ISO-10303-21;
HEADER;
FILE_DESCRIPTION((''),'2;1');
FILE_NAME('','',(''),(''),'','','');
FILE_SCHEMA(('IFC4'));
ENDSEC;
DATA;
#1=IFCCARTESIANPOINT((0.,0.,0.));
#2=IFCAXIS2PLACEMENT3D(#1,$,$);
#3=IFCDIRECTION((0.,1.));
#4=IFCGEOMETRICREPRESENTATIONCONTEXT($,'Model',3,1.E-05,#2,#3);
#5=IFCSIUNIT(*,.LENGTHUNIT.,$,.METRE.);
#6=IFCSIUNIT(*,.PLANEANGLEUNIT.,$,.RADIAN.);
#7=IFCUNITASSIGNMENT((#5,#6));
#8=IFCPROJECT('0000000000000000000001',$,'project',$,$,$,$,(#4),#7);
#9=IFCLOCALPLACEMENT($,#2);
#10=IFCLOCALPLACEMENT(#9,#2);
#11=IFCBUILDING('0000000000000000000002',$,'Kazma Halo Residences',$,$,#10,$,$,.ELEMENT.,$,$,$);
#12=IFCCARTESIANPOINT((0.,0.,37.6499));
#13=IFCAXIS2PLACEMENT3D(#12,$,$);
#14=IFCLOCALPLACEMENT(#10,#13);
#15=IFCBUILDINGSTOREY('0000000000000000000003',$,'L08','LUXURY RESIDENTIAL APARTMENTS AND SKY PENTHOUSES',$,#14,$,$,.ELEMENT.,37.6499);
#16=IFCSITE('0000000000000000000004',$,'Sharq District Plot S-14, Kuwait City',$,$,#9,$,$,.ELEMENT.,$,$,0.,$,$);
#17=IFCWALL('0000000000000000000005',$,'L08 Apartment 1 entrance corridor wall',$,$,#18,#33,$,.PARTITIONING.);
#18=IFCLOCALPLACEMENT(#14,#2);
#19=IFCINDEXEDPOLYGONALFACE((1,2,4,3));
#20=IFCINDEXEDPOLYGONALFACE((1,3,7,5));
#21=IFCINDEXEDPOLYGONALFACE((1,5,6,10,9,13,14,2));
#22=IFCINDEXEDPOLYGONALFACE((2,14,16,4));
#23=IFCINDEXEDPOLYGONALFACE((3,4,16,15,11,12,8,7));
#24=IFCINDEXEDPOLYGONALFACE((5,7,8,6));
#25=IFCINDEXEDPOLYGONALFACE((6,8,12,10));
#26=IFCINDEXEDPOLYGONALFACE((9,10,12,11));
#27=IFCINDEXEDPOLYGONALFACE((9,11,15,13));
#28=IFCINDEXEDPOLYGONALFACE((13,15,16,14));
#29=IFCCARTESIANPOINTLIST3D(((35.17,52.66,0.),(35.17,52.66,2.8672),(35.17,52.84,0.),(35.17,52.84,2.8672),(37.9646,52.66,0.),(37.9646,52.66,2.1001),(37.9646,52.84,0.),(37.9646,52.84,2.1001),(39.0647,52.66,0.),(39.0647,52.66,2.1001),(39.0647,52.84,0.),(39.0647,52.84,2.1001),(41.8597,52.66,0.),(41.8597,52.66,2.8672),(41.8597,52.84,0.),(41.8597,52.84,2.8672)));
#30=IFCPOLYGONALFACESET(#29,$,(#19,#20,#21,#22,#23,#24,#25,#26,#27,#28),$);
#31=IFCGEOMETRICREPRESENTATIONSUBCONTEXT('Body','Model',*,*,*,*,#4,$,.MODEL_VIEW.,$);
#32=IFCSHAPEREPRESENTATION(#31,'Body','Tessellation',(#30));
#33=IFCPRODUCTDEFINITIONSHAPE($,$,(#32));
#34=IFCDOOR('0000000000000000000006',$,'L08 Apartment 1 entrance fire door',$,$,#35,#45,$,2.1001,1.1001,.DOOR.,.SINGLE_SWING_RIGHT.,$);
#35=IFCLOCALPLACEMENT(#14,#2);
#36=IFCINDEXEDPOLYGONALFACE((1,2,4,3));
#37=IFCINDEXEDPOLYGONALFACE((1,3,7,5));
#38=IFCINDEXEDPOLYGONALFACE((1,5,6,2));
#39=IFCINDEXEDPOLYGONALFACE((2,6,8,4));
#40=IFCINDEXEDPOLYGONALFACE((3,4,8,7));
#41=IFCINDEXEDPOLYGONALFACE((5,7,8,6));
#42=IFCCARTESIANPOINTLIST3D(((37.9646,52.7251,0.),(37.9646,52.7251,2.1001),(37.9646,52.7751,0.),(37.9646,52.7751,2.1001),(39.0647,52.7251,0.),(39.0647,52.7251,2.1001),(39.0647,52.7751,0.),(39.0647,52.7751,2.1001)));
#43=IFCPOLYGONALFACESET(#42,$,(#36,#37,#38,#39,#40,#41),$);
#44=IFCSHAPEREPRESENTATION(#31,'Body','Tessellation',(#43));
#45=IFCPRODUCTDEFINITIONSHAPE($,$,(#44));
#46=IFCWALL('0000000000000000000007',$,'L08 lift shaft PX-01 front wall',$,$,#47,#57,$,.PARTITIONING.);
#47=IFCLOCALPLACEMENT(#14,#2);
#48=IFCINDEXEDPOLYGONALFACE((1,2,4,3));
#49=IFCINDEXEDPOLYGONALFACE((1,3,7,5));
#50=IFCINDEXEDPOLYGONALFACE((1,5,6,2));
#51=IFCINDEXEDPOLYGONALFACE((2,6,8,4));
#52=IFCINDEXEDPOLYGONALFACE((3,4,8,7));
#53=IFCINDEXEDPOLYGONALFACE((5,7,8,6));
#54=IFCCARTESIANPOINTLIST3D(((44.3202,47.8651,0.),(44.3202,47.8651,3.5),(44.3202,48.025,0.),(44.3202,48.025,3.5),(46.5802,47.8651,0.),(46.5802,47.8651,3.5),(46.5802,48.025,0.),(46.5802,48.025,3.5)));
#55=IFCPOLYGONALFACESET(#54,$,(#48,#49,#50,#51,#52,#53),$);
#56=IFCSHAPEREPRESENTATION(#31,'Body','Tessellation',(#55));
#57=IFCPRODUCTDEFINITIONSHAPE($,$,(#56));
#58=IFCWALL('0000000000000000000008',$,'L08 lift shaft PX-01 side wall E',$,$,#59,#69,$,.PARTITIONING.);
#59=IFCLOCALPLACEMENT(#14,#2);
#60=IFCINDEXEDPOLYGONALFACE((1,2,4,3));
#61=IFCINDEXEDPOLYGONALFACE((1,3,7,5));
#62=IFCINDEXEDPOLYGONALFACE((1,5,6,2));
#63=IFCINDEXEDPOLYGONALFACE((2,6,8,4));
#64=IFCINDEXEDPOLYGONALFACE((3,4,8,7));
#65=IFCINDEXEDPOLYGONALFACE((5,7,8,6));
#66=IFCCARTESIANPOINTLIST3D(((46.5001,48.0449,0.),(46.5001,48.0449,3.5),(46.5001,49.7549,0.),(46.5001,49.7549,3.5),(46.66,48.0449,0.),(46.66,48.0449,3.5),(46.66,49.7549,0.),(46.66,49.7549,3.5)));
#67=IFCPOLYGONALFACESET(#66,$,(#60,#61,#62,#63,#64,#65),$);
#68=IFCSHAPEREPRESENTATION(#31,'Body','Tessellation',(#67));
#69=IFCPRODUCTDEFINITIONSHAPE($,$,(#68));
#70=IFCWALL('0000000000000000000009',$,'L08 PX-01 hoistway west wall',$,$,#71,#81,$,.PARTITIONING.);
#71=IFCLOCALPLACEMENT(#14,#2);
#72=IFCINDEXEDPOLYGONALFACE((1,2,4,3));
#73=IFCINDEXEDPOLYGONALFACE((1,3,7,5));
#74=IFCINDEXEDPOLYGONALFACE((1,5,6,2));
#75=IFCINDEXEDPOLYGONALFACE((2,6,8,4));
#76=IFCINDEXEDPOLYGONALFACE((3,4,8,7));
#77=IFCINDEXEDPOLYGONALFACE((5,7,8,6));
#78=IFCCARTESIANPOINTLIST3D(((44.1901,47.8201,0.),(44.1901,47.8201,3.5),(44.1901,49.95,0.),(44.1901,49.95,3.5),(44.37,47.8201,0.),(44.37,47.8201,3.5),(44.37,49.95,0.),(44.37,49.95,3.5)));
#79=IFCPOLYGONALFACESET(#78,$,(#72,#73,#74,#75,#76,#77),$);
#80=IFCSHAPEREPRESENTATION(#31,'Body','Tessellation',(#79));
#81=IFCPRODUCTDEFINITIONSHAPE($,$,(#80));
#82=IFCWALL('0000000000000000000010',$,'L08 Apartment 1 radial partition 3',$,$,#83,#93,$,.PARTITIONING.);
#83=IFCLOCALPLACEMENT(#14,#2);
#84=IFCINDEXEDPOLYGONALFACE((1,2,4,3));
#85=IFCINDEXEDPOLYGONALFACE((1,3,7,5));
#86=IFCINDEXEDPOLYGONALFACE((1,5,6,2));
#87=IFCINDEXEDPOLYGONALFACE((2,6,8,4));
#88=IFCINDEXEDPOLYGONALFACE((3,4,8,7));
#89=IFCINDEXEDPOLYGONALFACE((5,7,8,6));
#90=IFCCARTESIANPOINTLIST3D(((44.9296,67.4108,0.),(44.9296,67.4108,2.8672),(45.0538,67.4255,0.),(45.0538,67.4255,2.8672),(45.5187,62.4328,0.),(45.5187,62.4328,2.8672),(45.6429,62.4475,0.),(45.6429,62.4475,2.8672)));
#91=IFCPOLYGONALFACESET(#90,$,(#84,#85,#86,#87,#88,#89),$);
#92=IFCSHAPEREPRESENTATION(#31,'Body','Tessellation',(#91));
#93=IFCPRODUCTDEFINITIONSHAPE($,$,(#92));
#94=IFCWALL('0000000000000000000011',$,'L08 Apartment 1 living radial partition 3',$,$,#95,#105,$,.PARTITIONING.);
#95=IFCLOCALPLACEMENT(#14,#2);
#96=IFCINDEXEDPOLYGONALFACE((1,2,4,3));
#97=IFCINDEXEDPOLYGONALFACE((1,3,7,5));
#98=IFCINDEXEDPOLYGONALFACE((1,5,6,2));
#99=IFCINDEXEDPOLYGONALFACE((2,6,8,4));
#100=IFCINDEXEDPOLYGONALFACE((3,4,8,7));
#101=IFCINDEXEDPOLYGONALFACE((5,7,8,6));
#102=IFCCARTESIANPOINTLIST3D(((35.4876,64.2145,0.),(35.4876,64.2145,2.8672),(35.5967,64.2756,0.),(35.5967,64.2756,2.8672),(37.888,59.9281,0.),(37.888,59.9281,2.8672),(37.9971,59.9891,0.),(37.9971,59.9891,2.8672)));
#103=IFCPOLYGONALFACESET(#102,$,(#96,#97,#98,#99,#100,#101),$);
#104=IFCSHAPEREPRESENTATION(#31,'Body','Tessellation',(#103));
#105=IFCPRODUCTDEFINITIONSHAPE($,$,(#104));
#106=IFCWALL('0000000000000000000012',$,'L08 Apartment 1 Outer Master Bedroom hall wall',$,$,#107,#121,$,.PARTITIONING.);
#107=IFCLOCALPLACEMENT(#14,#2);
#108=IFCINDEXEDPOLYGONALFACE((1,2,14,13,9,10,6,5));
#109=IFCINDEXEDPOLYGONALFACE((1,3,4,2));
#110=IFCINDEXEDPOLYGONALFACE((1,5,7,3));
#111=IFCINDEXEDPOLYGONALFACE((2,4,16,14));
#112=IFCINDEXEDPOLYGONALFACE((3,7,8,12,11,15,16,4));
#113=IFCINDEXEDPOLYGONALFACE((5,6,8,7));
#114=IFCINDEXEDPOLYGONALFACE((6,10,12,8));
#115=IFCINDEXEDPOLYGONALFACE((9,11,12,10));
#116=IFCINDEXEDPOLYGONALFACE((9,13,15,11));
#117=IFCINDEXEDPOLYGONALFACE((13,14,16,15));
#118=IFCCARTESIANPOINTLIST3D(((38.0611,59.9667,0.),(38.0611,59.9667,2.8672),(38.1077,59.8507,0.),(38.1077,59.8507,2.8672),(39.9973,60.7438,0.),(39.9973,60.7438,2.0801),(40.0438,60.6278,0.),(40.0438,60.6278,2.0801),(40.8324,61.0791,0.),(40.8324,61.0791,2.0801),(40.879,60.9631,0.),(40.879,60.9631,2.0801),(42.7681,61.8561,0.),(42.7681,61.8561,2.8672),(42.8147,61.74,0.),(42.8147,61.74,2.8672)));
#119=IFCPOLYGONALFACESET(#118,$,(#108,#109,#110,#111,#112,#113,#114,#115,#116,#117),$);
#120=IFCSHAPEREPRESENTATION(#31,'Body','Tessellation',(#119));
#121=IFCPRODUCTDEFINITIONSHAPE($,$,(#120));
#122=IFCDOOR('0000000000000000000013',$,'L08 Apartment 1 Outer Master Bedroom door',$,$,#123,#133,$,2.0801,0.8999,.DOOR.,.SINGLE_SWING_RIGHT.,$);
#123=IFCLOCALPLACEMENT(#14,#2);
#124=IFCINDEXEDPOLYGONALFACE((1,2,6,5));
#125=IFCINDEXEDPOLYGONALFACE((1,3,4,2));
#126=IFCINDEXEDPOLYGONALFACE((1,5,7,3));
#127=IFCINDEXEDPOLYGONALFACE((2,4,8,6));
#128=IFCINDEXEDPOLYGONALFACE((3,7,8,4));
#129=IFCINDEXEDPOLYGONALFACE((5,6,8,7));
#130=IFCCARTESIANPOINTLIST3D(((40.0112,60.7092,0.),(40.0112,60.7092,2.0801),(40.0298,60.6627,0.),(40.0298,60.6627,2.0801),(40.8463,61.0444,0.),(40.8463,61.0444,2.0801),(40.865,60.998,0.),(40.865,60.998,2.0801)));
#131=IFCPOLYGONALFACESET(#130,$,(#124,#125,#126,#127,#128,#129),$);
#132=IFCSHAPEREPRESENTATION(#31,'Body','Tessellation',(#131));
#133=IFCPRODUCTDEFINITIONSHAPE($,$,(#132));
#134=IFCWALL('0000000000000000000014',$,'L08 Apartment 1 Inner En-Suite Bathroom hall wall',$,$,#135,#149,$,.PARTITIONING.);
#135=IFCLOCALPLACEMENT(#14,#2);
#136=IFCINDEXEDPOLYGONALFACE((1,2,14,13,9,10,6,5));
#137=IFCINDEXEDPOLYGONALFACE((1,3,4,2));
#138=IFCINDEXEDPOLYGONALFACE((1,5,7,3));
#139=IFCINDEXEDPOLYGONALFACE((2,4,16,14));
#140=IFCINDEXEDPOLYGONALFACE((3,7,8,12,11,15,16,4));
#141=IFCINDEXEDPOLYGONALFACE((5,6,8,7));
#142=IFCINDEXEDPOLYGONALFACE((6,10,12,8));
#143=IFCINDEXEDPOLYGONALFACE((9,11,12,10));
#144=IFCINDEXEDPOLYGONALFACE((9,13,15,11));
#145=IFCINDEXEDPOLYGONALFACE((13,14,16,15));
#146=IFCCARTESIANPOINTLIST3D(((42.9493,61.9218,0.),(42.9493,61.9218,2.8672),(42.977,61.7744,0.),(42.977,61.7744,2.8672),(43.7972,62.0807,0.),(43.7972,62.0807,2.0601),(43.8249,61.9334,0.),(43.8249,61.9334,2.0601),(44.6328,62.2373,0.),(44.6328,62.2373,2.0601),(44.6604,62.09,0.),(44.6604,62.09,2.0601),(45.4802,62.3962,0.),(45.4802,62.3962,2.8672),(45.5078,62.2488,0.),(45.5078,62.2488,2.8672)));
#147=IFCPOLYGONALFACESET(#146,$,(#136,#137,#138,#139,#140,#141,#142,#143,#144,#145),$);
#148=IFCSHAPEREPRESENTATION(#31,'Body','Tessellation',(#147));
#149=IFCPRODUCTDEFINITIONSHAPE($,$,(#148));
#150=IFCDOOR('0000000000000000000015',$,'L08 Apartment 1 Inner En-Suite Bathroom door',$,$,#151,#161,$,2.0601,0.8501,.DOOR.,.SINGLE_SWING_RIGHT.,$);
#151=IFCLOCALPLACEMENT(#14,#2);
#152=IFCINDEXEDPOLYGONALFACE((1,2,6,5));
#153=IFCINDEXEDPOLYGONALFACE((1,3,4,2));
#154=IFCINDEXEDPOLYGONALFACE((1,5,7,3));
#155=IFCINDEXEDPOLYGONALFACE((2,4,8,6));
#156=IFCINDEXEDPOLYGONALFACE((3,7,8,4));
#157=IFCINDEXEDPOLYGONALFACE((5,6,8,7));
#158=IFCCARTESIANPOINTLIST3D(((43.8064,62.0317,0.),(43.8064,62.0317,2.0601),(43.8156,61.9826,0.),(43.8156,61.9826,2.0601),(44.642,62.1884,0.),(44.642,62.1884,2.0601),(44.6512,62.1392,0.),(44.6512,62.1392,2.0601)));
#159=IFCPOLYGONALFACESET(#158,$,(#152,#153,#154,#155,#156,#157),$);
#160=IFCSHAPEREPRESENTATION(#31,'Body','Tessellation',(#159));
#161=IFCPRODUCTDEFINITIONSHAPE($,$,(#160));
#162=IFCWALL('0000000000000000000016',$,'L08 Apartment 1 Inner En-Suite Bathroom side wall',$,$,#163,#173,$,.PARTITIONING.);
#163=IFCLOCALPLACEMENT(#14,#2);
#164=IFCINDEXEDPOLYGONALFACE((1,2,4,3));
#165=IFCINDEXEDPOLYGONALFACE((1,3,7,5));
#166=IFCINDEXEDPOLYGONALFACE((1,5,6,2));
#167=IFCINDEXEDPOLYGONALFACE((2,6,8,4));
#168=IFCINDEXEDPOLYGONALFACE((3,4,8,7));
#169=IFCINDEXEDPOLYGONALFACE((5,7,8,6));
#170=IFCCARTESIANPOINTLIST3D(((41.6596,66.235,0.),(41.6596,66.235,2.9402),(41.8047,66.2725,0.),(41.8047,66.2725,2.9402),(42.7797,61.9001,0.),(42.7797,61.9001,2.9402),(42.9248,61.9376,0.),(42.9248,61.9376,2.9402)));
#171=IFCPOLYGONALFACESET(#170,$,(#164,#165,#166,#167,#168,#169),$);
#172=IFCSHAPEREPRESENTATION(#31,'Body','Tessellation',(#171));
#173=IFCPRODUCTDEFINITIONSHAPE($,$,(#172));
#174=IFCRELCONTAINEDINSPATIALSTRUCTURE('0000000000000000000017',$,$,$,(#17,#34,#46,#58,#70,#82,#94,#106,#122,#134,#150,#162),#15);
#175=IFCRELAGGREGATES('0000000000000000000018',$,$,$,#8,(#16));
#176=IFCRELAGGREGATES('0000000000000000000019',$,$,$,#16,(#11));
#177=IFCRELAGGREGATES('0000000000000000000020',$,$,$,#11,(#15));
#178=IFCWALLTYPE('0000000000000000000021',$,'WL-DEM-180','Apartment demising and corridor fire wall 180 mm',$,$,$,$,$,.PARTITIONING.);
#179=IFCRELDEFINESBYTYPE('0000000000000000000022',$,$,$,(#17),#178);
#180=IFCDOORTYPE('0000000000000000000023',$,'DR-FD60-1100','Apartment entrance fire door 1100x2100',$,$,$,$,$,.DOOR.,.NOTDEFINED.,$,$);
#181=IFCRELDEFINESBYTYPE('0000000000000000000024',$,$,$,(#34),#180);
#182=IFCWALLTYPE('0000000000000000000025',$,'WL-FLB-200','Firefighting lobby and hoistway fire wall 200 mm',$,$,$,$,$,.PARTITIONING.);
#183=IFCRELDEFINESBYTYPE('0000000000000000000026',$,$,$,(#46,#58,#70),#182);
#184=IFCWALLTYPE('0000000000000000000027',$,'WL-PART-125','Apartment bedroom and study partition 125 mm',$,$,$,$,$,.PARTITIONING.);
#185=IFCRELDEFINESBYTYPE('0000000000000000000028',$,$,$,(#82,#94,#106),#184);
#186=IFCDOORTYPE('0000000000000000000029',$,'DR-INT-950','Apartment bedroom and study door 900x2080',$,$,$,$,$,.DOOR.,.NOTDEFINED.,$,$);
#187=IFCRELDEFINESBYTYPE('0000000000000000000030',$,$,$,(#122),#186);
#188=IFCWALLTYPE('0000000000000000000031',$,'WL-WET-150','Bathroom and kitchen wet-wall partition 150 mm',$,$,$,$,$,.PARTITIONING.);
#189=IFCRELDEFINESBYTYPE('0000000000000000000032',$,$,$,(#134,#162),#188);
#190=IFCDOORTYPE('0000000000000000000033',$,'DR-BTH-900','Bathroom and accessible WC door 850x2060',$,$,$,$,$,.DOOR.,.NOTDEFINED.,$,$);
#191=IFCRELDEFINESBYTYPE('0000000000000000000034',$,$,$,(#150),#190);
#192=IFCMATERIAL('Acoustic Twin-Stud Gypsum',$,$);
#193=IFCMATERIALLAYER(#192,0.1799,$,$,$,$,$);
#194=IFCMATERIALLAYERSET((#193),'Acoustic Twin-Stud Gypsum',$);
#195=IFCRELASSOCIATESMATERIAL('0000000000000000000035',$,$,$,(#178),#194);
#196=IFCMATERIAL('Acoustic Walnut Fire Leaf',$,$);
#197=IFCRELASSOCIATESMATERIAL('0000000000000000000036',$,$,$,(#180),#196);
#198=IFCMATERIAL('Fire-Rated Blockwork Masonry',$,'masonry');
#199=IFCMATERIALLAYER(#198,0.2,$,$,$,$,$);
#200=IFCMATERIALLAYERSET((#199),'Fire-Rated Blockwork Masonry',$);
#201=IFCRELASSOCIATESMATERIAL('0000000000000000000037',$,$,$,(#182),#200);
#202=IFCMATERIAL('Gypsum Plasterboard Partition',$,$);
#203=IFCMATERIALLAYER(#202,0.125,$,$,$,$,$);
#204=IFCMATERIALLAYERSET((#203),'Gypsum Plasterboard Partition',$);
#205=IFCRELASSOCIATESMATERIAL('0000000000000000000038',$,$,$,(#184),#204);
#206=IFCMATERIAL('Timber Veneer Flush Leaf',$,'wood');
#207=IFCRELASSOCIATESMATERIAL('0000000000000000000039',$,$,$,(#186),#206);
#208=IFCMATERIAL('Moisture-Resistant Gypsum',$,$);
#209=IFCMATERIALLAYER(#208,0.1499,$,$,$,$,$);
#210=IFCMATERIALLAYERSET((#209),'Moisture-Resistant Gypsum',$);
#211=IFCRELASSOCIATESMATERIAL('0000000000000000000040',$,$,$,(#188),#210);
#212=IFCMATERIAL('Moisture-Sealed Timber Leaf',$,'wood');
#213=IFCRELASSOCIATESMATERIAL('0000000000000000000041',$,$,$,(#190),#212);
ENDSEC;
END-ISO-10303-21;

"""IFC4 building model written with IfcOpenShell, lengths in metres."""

from ifc_helpers import new_model, si_unit, direction, frame, frame_2d, origin, place, context, subcontext, project, spatial, rectangle, extrude, material, layer, layer_set, type_object, element, fill, save


model = new_model("IFC4")

# Units and contexts
model_context = context("Model", 3, precision=1e-05, world=origin(), true_north=direction((0.0, 1.0)))
body_context = subcontext(model_context, "Body", "Model", "MODEL_VIEW")
ifc_project = project(units=[si_unit("LENGTHUNIT", "METRE"), si_unit("PLANEANGLEUNIT", "RADIAN")], contexts=[model_context])

# Site, building, storey
site_placement = place(None, origin())
site = spatial("IfcSite", under=ifc_project, at=site_placement, Name="Sharq District Plot S-14, Kuwait City", CompositionType="ELEMENT", RefElevation=0.0)
building_placement = place(site_placement, origin())
building = spatial("IfcBuilding", under=site, at=building_placement, Name="Kazma Halo Residences", CompositionType="ELEMENT")
storey_placement = place(building_placement, frame((0.0, 0.0, 37.6499)))
storey = spatial("IfcBuildingStorey", under=building, at=storey_placement, Name="L08", Description="LUXURY RESIDENTIAL APARTMENTS AND SKY PENTHOUSES", CompositionType="ELEMENT", Elevation=37.6499)

# Wall, opening, door
ifc_material_1 = material(Name="Acoustic Twin-Stud Gypsum")
ifc_layer_1 = layer(ifc_material_1, 0.1799)
ifc_layer_set_1 = layer_set([ifc_layer_1], Name="Acoustic Twin-Stud Gypsum")
wall_type_1 = type_object("IfcWallType", Name="WL-DEM-180", Description="Apartment demising and corridor fire wall 180 mm", PredefinedType="PARTITIONING", material=ifc_layer_set_1)
wall_1_placement = place(storey_placement, frame((41.8596, 52.75, 0.0), z_axis=(0.0, 0.0, 1.0), x_axis=(-1.0, 0.0, 0.0)))
wall_1 = element("IfcWall", 1, at=wall_1_placement, inside=storey, type_object=wall_type_1, Name="L08 Apartment 1 entrance corridor wall", PredefinedType="PARTITIONING", context=body_context, shape_type="SweptSolid", body=[
    extrude(rectangle(XDim=6.6897, YDim=0.1799, at=frame_2d((3.3447, 0.0))), origin(), (0.0, 0.0, 1.0), 2.8672),
])
opening_1_placement = place(wall_1_placement, frame((2.7949, 0.0, 0.0)))
opening_1 = element("IfcOpeningElement", 2, at=opening_1_placement, cuts=wall_1, PredefinedType="OPENING", context=body_context, shape_type="SweptSolid", body=[
    extrude(rectangle(XDim=1.1001, YDim=2.1001, at=frame_2d((0.55, 1.05))), frame((0.0, 0.0999, 0.0), z_axis=(0.0, -1.0, 0.0), x_axis=(1.0, 0.0, 0.0)), (0.0, 0.0, 1.0), 0.2),
])
ifc_material_2 = material(Name="Acoustic Walnut Fire Leaf")
door_type_1 = type_object("IfcDoorType", Name="DR-FD60-1100", Description="Apartment entrance fire door 1100x2100", OperationType="NOTDEFINED", PredefinedType="DOOR", material=ifc_material_2)
door_1_placement = place(opening_1_placement, origin())
door_1 = element("IfcDoor", 3, at=door_1_placement, inside=storey, type_object=door_type_1, Name="L08 Apartment 1 entrance fire door", OperationType="SINGLE_SWING_RIGHT", OverallHeight=2.1001, OverallWidth=1.1001, PredefinedType="DOOR", context=body_context, shape_type="SweptSolid", body=[
    extrude(rectangle(XDim=1.1001, YDim=2.1001, at=frame_2d((0.55, 1.05))), frame((0.0, 0.0249, 0.0), z_axis=(0.0, -1.0, 0.0), x_axis=(1.0, 0.0, 0.0)), (0.0, 0.0, 1.0), 0.05),
])
fill(opening_1, door_1)

# Walls
ifc_material_3 = material(Name="Fire-Rated Blockwork Masonry", Category="masonry")
ifc_layer_2 = layer(ifc_material_3, 0.2)
ifc_layer_set_2 = layer_set([ifc_layer_2], Name="Fire-Rated Blockwork Masonry")
wall_type_2 = type_object("IfcWallType", Name="WL-FLB-200", Description="Firefighting lobby and hoistway fire wall 200 mm", PredefinedType="PARTITIONING", material=ifc_layer_set_2)
wall_2_placement = place(storey_placement, frame((46.5801, 47.9451, 0.0), z_axis=(0.0, 0.0, 1.0), x_axis=(-1.0, 0.0, 0.0)))
element("IfcWall", 4, at=wall_2_placement, inside=storey, type_object=wall_type_2, Name="L08 lift shaft PX-01 front wall", PredefinedType="PARTITIONING", context=body_context, shape_type="SweptSolid", body=[
    extrude(rectangle(XDim=2.26, YDim=0.1599, at=frame_2d((1.1299, 0.0))), origin(), (0.0, 0.0, 1.0), 3.5),
])
wall_3_placement = place(storey_placement, frame((46.5801, 48.0449, 0.0), z_axis=(0.0, 0.0, 1.0), x_axis=(0.0, 1.0, 0.0)))
element("IfcWall", 5, at=wall_3_placement, inside=storey, type_object=wall_type_2, Name="L08 lift shaft PX-01 side wall E", PredefinedType="PARTITIONING", context=body_context, shape_type="SweptSolid", body=[
    extrude(rectangle(XDim=1.71, YDim=0.1599, at=frame_2d((0.855, 0.0))), origin(), (0.0, 0.0, 1.0), 3.5),
])
wall_4_placement = place(storey_placement, frame((44.28, 47.8201, 0.0), z_axis=(0.0, 0.0, 1.0), x_axis=(0.0, 1.0, 0.0)))
element("IfcWall", 6, at=wall_4_placement, inside=storey, type_object=wall_type_2, Name="L08 PX-01 hoistway west wall", PredefinedType="PARTITIONING", context=body_context, shape_type="SweptSolid", body=[
    extrude(rectangle(XDim=2.1299, YDim=0.1799, at=frame_2d((1.0649, 0.0))), origin(), (0.0, 0.0, 1.0), 3.5),
])
ifc_material_4 = material(Name="Gypsum Plasterboard Partition")
ifc_layer_3 = layer(ifc_material_4, 0.125)
ifc_layer_set_3 = layer_set([ifc_layer_3], Name="Gypsum Plasterboard Partition")
wall_type_3 = type_object("IfcWallType", Name="WL-PART-125", Description="Apartment bedroom and study partition 125 mm", PredefinedType="PARTITIONING", material=ifc_layer_set_3)
wall_5_placement = place(storey_placement, frame((45.5808, 62.4402, 0.0), z_axis=(0.0, 0.0, 1.0), x_axis=(-0.117522, 0.99307, 0.0)))
element("IfcWall", 7, at=wall_5_placement, inside=storey, type_object=wall_type_3, Name="L08 Apartment 1 radial partition 3", PredefinedType="PARTITIONING", context=body_context, shape_type="SweptSolid", body=[
    extrude(rectangle(XDim=5.0127, YDim=0.125, at=frame_2d((2.5063, 0.0))), origin(), (0.0, 0.0, 1.0), 2.8672),
])
wall_6_placement = place(storey_placement, frame((37.9426, 59.9585, 0.0), z_axis=(0.0, 0.0, 1.0), x_axis=(-0.488606, 0.872504, 0.0)))
element("IfcWall", 8, at=wall_6_placement, inside=storey, type_object=wall_type_3, Name="L08 Apartment 1 living radial partition 3", PredefinedType="PARTITIONING", context=body_context, shape_type="SweptSolid", body=[
    extrude(rectangle(XDim=4.9128, YDim=0.125, at=frame_2d((2.4565, 0.0))), origin(), (0.0, 0.0, 1.0), 2.8672),
])

# Walls, openings, doors
wall_7_placement = place(storey_placement, frame((42.7915, 61.7981, 0.0), z_axis=(0.0, 0.0, 1.0), x_axis=(-0.928028, -0.372511, 0.0)))
wall_7 = element("IfcWall", 9, at=wall_7_placement, inside=storey, type_object=wall_type_3, Name="L08 Apartment 1 Outer Master Bedroom hall wall", PredefinedType="PARTITIONING", context=body_context, shape_type="SweptSolid", body=[
    extrude(rectangle(XDim=5.072, YDim=0.125, at=frame_2d((2.5361, 0.0))), origin(), (0.0, 0.0, 1.0), 2.8672),
])
opening_2_placement = place(wall_7_placement, frame((2.0859, 0.0, 0.0)))
opening_2 = element("IfcOpeningElement", 10, at=opening_2_placement, cuts=wall_7, PredefinedType="OPENING", context=body_context, shape_type="SweptSolid", body=[
    extrude(rectangle(XDim=0.8999, YDim=2.0801, at=frame_2d((0.45, 1.04))), frame((0.0, 0.0725, 0.0), z_axis=(0.0, -1.0, 0.0), x_axis=(1.0, 0.0, 0.0)), (0.0, 0.0, 1.0), 0.145),
])
ifc_material_5 = material(Name="Timber Veneer Flush Leaf", Category="wood")
door_type_2 = type_object("IfcDoorType", Name="DR-INT-950", Description="Apartment bedroom and study door 900x2080", OperationType="NOTDEFINED", PredefinedType="DOOR", material=ifc_material_5)
door_2_placement = place(opening_2_placement, origin())
door_2 = element("IfcDoor", 11, at=door_2_placement, inside=storey, type_object=door_type_2, Name="L08 Apartment 1 Outer Master Bedroom door", OperationType="SINGLE_SWING_RIGHT", OverallHeight=2.0801, OverallWidth=0.8999, PredefinedType="DOOR", context=body_context, shape_type="SweptSolid", body=[
    extrude(rectangle(XDim=0.8999, YDim=2.0801, at=frame_2d((0.45, 1.04))), frame((0.0, 0.0249, 0.0), z_axis=(0.0, -1.0, 0.0), x_axis=(1.0, 0.0, 0.0)), (0.0, 0.0, 1.0), 0.05),
])
fill(opening_2, door_2)
ifc_material_6 = material(Name="Moisture-Resistant Gypsum")
ifc_layer_4 = layer(ifc_material_6, 0.1499)
ifc_layer_set_4 = layer_set([ifc_layer_4], Name="Moisture-Resistant Gypsum")
wall_type_4 = type_object("IfcWallType", Name="WL-WET-150", Description="Bathroom and kitchen wet-wall partition 150 mm", PredefinedType="PARTITIONING", material=ifc_layer_set_4)
wall_8_placement = place(storey_placement, frame((45.4941, 62.3225, 0.0), z_axis=(0.0, 0.0, 1.0), x_axis=(-0.982883, -0.184231, 0.0)))
wall_8 = element("IfcWall", 12, at=wall_8_placement, inside=storey, type_object=wall_type_4, Name="L08 Apartment 1 Inner En-Suite Bathroom hall wall", PredefinedType="PARTITIONING", context=body_context, shape_type="SweptSolid", body=[
    extrude(rectangle(XDim=2.575, YDim=0.1499, at=frame_2d((1.2876, 0.0))), origin(), (0.0, 0.0, 1.0), 2.8672),
])
opening_3_placement = place(wall_8_placement, frame((0.8623, 0.0, 0.0)))
opening_3 = element("IfcOpeningElement", 13, at=opening_3_placement, cuts=wall_8, PredefinedType="OPENING", context=body_context, shape_type="SweptSolid", body=[
    extrude(rectangle(XDim=0.8501, YDim=2.0601, at=frame_2d((0.425, 1.03))), frame((0.0, 0.085, 0.0), z_axis=(0.0, -1.0, 0.0), x_axis=(1.0, 0.0, 0.0)), (0.0, 0.0, 1.0), 0.1699),
])
ifc_material_7 = material(Name="Moisture-Sealed Timber Leaf", Category="wood")
door_type_3 = type_object("IfcDoorType", Name="DR-BTH-900", Description="Bathroom and accessible WC door 850x2060", OperationType="NOTDEFINED", PredefinedType="DOOR", material=ifc_material_7)
door_3_placement = place(opening_3_placement, origin())
door_3 = element("IfcDoor", 14, at=door_3_placement, inside=storey, type_object=door_type_3, Name="L08 Apartment 1 Inner En-Suite Bathroom door", OperationType="SINGLE_SWING_RIGHT", OverallHeight=2.0601, OverallWidth=0.8501, PredefinedType="DOOR", context=body_context, shape_type="SweptSolid", body=[
    extrude(rectangle(XDim=0.8501, YDim=2.0601, at=frame_2d((0.425, 1.03))), frame((0.0, 0.0249, 0.0), z_axis=(0.0, -1.0, 0.0), x_axis=(1.0, 0.0, 0.0)), (0.0, 0.0, 1.0), 0.05),
])
fill(opening_3, door_3)

# Wall
wall_9_placement = place(storey_placement, frame((42.8523, 61.9187, 0.0), z_axis=(0.0, 0.0, 1.0), x_axis=(-0.250175, 0.968201, 0.0)))
element("IfcWall", 15, at=wall_9_placement, inside=storey, type_object=wall_type_4, Name="L08 Apartment 1 Inner En-Suite Bathroom side wall", PredefinedType="PARTITIONING", context=body_context, shape_type="SweptSolid", body=[
    extrude(rectangle(XDim=4.4773, YDim=0.1499, at=frame_2d((2.2388, 0.0))), origin(), (0.0, 0.0, 1.0), 2.9402),
])

save(model, "model.ifc")
